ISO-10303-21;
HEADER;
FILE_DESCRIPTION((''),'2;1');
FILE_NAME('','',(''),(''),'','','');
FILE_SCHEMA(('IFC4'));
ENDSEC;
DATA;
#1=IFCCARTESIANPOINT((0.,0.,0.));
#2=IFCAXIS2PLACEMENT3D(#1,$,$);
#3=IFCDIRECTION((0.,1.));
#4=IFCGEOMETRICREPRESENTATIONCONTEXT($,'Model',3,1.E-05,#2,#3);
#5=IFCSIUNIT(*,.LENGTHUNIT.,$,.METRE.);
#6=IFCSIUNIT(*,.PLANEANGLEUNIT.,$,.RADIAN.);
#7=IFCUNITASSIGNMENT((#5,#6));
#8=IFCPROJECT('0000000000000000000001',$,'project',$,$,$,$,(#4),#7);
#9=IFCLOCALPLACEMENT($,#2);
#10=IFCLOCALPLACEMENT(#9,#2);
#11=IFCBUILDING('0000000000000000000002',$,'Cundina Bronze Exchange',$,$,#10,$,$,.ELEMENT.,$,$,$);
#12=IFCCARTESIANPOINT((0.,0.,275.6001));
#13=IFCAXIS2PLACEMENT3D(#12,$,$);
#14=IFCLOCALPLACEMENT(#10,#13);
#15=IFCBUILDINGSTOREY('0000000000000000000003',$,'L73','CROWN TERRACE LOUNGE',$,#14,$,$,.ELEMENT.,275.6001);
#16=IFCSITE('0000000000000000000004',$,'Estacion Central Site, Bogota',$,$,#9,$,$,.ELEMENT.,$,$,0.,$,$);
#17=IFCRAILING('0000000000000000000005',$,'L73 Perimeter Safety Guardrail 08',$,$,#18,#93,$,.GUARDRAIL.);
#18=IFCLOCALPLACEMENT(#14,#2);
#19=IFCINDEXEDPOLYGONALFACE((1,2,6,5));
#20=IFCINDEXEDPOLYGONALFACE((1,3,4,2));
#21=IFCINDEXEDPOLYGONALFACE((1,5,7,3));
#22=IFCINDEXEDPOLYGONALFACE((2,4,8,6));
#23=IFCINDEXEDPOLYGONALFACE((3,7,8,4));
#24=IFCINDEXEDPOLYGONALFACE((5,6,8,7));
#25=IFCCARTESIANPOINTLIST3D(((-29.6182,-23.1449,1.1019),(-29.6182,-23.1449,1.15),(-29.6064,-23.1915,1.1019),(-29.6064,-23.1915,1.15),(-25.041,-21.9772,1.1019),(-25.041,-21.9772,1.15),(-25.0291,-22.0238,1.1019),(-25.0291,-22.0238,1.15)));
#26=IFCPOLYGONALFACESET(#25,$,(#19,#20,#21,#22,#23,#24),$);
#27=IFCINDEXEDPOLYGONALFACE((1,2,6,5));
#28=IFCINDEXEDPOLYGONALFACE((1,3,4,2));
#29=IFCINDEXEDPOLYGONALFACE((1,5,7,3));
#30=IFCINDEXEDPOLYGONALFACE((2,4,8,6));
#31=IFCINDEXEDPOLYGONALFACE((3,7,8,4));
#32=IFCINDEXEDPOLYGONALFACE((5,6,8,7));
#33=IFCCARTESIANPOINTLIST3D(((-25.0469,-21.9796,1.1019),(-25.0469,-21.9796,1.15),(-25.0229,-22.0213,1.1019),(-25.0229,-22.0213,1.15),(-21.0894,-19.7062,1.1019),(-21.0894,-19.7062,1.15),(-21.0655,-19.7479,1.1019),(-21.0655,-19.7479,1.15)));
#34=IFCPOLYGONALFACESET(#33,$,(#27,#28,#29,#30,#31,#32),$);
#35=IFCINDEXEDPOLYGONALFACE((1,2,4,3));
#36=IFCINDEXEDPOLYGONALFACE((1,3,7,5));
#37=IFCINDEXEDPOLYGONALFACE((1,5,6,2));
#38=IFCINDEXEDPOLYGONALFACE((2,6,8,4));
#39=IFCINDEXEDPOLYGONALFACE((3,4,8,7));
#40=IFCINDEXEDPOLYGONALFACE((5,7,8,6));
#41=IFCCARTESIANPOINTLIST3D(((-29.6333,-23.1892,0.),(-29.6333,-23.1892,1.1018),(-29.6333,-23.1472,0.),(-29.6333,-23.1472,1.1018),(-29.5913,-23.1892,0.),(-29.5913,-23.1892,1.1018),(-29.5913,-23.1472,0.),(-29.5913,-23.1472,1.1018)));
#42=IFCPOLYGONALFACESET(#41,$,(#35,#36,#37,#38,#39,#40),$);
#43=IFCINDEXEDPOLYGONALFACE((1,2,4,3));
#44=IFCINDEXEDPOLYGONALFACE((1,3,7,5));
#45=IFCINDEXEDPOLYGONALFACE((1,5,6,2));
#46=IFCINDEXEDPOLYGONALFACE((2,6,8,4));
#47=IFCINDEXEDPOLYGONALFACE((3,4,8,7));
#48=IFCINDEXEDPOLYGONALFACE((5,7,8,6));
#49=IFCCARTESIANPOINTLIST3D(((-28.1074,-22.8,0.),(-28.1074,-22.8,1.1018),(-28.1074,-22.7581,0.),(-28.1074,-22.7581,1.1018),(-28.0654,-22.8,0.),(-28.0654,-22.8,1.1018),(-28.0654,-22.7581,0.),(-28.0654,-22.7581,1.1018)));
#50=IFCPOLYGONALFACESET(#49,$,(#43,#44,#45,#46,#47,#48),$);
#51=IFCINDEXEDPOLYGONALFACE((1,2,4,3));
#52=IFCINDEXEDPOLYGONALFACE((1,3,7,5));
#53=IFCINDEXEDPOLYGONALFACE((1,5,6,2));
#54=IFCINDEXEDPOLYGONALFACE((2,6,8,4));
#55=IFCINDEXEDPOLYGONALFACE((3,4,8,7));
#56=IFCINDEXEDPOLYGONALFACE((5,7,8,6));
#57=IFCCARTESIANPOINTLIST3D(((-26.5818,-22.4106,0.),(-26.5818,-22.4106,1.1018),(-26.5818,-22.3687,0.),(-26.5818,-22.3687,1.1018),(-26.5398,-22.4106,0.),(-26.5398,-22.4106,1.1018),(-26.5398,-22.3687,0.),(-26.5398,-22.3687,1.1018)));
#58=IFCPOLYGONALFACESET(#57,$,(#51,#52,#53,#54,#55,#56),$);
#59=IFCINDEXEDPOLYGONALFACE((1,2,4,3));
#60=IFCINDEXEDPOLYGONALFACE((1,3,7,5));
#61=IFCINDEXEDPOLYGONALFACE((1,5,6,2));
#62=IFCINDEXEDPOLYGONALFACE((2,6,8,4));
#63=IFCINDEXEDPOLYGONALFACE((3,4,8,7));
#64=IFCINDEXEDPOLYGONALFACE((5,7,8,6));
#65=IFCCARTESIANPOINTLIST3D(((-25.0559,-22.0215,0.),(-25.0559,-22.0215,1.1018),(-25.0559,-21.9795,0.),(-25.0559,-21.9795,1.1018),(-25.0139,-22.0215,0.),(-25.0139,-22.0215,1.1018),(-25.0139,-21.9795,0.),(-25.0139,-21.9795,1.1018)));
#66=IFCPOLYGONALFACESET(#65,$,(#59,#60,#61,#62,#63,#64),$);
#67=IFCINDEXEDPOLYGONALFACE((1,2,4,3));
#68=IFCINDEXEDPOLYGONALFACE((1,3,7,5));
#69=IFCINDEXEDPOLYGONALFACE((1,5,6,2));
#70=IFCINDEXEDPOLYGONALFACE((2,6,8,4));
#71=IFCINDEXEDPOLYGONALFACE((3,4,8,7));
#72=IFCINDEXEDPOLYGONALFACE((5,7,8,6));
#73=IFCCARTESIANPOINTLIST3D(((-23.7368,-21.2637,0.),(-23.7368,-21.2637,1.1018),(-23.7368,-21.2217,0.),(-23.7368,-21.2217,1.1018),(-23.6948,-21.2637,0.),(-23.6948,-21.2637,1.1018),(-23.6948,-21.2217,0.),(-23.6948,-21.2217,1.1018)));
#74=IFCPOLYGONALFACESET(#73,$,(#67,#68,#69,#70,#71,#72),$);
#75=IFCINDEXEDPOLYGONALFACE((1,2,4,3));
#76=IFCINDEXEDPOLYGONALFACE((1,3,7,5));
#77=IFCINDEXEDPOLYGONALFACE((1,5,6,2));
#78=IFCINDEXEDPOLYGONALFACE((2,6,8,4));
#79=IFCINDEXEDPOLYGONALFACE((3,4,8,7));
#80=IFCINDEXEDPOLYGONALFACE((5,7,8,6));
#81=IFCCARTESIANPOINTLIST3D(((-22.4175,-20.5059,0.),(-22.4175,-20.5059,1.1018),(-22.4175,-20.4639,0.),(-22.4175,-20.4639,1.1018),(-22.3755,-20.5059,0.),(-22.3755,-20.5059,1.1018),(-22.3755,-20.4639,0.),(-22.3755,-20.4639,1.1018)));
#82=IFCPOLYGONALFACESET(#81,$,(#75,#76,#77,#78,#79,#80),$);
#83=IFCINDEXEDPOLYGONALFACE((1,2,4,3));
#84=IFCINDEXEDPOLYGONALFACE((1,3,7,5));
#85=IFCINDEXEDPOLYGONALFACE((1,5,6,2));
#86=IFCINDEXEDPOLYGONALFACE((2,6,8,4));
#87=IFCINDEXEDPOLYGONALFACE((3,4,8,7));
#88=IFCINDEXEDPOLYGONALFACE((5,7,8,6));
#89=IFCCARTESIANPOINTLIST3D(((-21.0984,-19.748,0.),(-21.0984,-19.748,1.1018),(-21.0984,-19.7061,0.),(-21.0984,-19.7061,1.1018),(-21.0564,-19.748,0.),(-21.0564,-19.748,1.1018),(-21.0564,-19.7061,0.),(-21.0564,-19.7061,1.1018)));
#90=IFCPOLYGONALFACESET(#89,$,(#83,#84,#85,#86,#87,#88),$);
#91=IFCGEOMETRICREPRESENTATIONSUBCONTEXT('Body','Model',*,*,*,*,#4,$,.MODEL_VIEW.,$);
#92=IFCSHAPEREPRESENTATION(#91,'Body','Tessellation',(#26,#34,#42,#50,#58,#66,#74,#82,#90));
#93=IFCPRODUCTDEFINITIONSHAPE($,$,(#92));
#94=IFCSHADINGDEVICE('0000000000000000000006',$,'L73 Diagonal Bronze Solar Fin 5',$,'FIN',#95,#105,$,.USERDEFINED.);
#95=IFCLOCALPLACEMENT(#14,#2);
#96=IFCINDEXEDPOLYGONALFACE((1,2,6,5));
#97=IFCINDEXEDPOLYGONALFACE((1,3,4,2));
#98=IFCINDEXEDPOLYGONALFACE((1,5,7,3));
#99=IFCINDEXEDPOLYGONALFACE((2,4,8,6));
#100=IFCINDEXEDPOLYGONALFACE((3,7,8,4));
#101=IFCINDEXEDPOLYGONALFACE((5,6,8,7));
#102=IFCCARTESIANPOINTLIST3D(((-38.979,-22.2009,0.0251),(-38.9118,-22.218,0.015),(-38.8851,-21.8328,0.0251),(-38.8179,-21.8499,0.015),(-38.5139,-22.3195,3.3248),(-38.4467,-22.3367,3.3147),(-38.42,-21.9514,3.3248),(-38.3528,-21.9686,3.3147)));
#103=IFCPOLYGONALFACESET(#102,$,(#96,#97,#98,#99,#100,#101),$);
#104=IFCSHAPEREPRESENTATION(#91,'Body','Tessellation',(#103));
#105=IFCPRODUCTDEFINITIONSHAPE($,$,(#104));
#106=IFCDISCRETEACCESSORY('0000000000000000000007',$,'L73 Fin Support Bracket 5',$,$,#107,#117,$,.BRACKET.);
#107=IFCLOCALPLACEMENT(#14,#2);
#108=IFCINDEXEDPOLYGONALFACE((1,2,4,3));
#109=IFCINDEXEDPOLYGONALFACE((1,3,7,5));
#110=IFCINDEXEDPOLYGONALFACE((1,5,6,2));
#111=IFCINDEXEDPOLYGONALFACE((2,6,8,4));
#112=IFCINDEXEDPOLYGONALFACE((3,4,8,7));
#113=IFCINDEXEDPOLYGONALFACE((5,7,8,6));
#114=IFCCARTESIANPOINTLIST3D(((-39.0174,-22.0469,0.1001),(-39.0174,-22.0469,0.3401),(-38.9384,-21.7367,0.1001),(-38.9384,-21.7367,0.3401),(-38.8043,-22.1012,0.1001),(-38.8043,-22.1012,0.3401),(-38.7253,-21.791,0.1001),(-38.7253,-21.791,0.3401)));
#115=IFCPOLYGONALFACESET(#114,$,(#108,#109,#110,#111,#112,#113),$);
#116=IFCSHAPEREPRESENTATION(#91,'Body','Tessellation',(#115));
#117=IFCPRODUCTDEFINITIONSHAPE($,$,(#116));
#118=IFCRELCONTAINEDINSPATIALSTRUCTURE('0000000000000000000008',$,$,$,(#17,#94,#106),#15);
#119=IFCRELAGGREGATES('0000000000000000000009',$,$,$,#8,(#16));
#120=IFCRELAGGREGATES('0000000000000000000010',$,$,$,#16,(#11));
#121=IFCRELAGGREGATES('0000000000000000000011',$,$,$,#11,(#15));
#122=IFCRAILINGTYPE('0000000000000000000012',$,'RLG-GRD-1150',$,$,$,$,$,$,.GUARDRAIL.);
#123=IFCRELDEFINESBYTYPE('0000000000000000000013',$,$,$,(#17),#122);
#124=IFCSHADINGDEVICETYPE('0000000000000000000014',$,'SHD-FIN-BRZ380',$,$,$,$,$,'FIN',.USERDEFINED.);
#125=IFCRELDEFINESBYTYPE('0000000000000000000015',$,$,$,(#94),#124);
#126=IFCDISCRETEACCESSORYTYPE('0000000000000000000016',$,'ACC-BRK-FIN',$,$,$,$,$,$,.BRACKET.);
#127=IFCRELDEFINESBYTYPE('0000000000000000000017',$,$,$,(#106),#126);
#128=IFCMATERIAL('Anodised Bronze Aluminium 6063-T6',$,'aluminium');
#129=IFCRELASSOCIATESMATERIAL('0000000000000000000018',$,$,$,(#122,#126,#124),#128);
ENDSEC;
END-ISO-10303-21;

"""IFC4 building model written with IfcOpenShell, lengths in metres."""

from ifc_helpers import new_model, si_unit, direction, frame, origin, origin_2d, place, context, subcontext, project, spatial, rectangle, extrude, material, material_profile, profile_set, type_object, element, save


model = new_model("IFC4")

# Units and contexts
model_context = context("Model", 3, precision=1e-05, world=origin(), true_north=direction((0.0, 1.0)))
body_context = subcontext(model_context, "Body", "Model", "MODEL_VIEW")
ifc_project = project(units=[si_unit("LENGTHUNIT", "METRE"), si_unit("PLANEANGLEUNIT", "RADIAN")], contexts=[model_context])

# Site, building, storey
site_placement = place(None, origin())
site = spatial("IfcSite", under=ifc_project, at=site_placement, Name="Estacion Central Site, Bogota", CompositionType="ELEMENT", RefElevation=0.0)
building_placement = place(site_placement, origin())
building = spatial("IfcBuilding", under=site, at=building_placement, Name="Cundina Bronze Exchange", CompositionType="ELEMENT")
storey_placement = place(building_placement, frame((0.0, 0.0, 275.6001)))
storey = spatial("IfcBuildingStorey", under=building, at=storey_placement, Name="L73", Description="CROWN TERRACE LOUNGE", CompositionType="ELEMENT", Elevation=275.6001)

# Shared definitions
ifc_material_1 = material(Name="Anodised Bronze Aluminium 6063-T6", Category="aluminium")

# Railing
railing_type = type_object("IfcRailingType", Name="RLG-GRD-1150", PredefinedType="GUARDRAIL", material=ifc_material_1)
railing_1_placement = place(storey_placement, frame((-29.6123, -23.1682, 0.0)))
element("IfcRailing", 1, at=railing_1_placement, inside=storey, type_object=railing_type, Name="L73 Perimeter Safety Guardrail 08", PredefinedType="GUARDRAIL", context=body_context, shape_type="SweptSolid", body=[
    extrude(rectangle(XDim=0.0481, YDim=0.0481, at=origin_2d()), frame((0.0, 0.0, 1.126), z_axis=(0.968967, 0.24719, 0.0), x_axis=(-0.24719, 0.968967, 0.0)), (0.0, 0.0, 1.0), 4.7239),
    extrude(rectangle(XDim=0.0481, YDim=0.0481, at=origin_2d()), frame((4.5774, 1.1677, 1.126), z_axis=(0.867108, 0.498119, 0.0), x_axis=(-0.498119, 0.867108, 0.0)), (0.0, 0.0, 1.0), 4.564),
    extrude(rectangle(XDim=0.042, YDim=0.042, at=origin_2d()), origin(), (0.0, 0.0, 1.0), 1.1018),
    extrude(rectangle(XDim=0.042, YDim=0.042, at=origin_2d()), frame((1.5259, 0.3892, 0.0)), (0.0, 0.0, 1.0), 1.1018),
    extrude(rectangle(XDim=0.042, YDim=0.042, at=origin_2d()), frame((3.0515, 0.7786, 0.0)), (0.0, 0.0, 1.0), 1.1018),
    extrude(rectangle(XDim=0.042, YDim=0.042, at=origin_2d()), frame((4.5774, 1.1677, 0.0)), (0.0, 0.0, 1.0), 1.1018),
    extrude(rectangle(XDim=0.042, YDim=0.042, at=origin_2d()), frame((5.8965, 1.9255, 0.0)), (0.0, 0.0, 1.0), 1.1018),
    extrude(rectangle(XDim=0.042, YDim=0.042, at=origin_2d()), frame((7.2158, 2.6833, 0.0)), (0.0, 0.0, 1.0), 1.1018),
    extrude(rectangle(XDim=0.042, YDim=0.042, at=origin_2d()), frame((8.5349, 3.4412, 0.0)), (0.0, 0.0, 1.0), 1.1018),
])

# Shading device
ifc_material_profile_1 = material_profile(ifc_material_1, rectangle(XDim=0.0701, YDim=0.3799, at=origin_2d()), Name="FIN70X380", Category="aluminium")
ifc_profile_set_1 = profile_set([ifc_material_profile_1], Name="Anodised Bronze Aluminium 6063-T6")
shading_device_type = type_object("IfcShadingDeviceType", Name="SHD-FIN-BRZ380", ElementType="FIN", PredefinedType="USERDEFINED", material=ifc_profile_set_1)
shading_device_placement = place(storey_placement, frame((-38.8984, -22.0254, 0.02), z_axis=(0.139476, -0.035583, 0.989586), x_axis=(-0.958873, 0.244626, 0.143944)))
element("IfcShadingDevice", 2, at=shading_device_placement, inside=storey, type_object=shading_device_type, Name="L73 Diagonal Bronze Solar Fin 5", ObjectType="FIN", PredefinedType="USERDEFINED", context=body_context, shape_type="SweptSolid", body=[
    extrude(rectangle(XDim=0.0701, YDim=0.3799, at=origin_2d()), origin(), (0.0, 0.0, 1.0), 3.3345),
])

# Discrete accessory
discrete_accessory_type = type_object("IfcDiscreteAccessoryType", Name="ACC-BRK-FIN", PredefinedType="BRACKET", material=ifc_material_1)
discrete_accessory_placement = place(storey_placement, frame((-38.8713, -21.9189, 0.1001), z_axis=(0.0, 0.0, 1.0), x_axis=(0.969067, -0.246796, 0.0)))
element("IfcDiscreteAccessory", 3, at=discrete_accessory_placement, inside=storey, type_object=discrete_accessory_type, Name="L73 Fin Support Bracket 5", PredefinedType="BRACKET", context=body_context, shape_type="SweptSolid", body=[
    extrude(rectangle(XDim=0.22, YDim=0.3201, at=origin_2d()), origin(), (0.0, 0.0, 1.0), 0.24),
])

save(model, "model.ifc")
